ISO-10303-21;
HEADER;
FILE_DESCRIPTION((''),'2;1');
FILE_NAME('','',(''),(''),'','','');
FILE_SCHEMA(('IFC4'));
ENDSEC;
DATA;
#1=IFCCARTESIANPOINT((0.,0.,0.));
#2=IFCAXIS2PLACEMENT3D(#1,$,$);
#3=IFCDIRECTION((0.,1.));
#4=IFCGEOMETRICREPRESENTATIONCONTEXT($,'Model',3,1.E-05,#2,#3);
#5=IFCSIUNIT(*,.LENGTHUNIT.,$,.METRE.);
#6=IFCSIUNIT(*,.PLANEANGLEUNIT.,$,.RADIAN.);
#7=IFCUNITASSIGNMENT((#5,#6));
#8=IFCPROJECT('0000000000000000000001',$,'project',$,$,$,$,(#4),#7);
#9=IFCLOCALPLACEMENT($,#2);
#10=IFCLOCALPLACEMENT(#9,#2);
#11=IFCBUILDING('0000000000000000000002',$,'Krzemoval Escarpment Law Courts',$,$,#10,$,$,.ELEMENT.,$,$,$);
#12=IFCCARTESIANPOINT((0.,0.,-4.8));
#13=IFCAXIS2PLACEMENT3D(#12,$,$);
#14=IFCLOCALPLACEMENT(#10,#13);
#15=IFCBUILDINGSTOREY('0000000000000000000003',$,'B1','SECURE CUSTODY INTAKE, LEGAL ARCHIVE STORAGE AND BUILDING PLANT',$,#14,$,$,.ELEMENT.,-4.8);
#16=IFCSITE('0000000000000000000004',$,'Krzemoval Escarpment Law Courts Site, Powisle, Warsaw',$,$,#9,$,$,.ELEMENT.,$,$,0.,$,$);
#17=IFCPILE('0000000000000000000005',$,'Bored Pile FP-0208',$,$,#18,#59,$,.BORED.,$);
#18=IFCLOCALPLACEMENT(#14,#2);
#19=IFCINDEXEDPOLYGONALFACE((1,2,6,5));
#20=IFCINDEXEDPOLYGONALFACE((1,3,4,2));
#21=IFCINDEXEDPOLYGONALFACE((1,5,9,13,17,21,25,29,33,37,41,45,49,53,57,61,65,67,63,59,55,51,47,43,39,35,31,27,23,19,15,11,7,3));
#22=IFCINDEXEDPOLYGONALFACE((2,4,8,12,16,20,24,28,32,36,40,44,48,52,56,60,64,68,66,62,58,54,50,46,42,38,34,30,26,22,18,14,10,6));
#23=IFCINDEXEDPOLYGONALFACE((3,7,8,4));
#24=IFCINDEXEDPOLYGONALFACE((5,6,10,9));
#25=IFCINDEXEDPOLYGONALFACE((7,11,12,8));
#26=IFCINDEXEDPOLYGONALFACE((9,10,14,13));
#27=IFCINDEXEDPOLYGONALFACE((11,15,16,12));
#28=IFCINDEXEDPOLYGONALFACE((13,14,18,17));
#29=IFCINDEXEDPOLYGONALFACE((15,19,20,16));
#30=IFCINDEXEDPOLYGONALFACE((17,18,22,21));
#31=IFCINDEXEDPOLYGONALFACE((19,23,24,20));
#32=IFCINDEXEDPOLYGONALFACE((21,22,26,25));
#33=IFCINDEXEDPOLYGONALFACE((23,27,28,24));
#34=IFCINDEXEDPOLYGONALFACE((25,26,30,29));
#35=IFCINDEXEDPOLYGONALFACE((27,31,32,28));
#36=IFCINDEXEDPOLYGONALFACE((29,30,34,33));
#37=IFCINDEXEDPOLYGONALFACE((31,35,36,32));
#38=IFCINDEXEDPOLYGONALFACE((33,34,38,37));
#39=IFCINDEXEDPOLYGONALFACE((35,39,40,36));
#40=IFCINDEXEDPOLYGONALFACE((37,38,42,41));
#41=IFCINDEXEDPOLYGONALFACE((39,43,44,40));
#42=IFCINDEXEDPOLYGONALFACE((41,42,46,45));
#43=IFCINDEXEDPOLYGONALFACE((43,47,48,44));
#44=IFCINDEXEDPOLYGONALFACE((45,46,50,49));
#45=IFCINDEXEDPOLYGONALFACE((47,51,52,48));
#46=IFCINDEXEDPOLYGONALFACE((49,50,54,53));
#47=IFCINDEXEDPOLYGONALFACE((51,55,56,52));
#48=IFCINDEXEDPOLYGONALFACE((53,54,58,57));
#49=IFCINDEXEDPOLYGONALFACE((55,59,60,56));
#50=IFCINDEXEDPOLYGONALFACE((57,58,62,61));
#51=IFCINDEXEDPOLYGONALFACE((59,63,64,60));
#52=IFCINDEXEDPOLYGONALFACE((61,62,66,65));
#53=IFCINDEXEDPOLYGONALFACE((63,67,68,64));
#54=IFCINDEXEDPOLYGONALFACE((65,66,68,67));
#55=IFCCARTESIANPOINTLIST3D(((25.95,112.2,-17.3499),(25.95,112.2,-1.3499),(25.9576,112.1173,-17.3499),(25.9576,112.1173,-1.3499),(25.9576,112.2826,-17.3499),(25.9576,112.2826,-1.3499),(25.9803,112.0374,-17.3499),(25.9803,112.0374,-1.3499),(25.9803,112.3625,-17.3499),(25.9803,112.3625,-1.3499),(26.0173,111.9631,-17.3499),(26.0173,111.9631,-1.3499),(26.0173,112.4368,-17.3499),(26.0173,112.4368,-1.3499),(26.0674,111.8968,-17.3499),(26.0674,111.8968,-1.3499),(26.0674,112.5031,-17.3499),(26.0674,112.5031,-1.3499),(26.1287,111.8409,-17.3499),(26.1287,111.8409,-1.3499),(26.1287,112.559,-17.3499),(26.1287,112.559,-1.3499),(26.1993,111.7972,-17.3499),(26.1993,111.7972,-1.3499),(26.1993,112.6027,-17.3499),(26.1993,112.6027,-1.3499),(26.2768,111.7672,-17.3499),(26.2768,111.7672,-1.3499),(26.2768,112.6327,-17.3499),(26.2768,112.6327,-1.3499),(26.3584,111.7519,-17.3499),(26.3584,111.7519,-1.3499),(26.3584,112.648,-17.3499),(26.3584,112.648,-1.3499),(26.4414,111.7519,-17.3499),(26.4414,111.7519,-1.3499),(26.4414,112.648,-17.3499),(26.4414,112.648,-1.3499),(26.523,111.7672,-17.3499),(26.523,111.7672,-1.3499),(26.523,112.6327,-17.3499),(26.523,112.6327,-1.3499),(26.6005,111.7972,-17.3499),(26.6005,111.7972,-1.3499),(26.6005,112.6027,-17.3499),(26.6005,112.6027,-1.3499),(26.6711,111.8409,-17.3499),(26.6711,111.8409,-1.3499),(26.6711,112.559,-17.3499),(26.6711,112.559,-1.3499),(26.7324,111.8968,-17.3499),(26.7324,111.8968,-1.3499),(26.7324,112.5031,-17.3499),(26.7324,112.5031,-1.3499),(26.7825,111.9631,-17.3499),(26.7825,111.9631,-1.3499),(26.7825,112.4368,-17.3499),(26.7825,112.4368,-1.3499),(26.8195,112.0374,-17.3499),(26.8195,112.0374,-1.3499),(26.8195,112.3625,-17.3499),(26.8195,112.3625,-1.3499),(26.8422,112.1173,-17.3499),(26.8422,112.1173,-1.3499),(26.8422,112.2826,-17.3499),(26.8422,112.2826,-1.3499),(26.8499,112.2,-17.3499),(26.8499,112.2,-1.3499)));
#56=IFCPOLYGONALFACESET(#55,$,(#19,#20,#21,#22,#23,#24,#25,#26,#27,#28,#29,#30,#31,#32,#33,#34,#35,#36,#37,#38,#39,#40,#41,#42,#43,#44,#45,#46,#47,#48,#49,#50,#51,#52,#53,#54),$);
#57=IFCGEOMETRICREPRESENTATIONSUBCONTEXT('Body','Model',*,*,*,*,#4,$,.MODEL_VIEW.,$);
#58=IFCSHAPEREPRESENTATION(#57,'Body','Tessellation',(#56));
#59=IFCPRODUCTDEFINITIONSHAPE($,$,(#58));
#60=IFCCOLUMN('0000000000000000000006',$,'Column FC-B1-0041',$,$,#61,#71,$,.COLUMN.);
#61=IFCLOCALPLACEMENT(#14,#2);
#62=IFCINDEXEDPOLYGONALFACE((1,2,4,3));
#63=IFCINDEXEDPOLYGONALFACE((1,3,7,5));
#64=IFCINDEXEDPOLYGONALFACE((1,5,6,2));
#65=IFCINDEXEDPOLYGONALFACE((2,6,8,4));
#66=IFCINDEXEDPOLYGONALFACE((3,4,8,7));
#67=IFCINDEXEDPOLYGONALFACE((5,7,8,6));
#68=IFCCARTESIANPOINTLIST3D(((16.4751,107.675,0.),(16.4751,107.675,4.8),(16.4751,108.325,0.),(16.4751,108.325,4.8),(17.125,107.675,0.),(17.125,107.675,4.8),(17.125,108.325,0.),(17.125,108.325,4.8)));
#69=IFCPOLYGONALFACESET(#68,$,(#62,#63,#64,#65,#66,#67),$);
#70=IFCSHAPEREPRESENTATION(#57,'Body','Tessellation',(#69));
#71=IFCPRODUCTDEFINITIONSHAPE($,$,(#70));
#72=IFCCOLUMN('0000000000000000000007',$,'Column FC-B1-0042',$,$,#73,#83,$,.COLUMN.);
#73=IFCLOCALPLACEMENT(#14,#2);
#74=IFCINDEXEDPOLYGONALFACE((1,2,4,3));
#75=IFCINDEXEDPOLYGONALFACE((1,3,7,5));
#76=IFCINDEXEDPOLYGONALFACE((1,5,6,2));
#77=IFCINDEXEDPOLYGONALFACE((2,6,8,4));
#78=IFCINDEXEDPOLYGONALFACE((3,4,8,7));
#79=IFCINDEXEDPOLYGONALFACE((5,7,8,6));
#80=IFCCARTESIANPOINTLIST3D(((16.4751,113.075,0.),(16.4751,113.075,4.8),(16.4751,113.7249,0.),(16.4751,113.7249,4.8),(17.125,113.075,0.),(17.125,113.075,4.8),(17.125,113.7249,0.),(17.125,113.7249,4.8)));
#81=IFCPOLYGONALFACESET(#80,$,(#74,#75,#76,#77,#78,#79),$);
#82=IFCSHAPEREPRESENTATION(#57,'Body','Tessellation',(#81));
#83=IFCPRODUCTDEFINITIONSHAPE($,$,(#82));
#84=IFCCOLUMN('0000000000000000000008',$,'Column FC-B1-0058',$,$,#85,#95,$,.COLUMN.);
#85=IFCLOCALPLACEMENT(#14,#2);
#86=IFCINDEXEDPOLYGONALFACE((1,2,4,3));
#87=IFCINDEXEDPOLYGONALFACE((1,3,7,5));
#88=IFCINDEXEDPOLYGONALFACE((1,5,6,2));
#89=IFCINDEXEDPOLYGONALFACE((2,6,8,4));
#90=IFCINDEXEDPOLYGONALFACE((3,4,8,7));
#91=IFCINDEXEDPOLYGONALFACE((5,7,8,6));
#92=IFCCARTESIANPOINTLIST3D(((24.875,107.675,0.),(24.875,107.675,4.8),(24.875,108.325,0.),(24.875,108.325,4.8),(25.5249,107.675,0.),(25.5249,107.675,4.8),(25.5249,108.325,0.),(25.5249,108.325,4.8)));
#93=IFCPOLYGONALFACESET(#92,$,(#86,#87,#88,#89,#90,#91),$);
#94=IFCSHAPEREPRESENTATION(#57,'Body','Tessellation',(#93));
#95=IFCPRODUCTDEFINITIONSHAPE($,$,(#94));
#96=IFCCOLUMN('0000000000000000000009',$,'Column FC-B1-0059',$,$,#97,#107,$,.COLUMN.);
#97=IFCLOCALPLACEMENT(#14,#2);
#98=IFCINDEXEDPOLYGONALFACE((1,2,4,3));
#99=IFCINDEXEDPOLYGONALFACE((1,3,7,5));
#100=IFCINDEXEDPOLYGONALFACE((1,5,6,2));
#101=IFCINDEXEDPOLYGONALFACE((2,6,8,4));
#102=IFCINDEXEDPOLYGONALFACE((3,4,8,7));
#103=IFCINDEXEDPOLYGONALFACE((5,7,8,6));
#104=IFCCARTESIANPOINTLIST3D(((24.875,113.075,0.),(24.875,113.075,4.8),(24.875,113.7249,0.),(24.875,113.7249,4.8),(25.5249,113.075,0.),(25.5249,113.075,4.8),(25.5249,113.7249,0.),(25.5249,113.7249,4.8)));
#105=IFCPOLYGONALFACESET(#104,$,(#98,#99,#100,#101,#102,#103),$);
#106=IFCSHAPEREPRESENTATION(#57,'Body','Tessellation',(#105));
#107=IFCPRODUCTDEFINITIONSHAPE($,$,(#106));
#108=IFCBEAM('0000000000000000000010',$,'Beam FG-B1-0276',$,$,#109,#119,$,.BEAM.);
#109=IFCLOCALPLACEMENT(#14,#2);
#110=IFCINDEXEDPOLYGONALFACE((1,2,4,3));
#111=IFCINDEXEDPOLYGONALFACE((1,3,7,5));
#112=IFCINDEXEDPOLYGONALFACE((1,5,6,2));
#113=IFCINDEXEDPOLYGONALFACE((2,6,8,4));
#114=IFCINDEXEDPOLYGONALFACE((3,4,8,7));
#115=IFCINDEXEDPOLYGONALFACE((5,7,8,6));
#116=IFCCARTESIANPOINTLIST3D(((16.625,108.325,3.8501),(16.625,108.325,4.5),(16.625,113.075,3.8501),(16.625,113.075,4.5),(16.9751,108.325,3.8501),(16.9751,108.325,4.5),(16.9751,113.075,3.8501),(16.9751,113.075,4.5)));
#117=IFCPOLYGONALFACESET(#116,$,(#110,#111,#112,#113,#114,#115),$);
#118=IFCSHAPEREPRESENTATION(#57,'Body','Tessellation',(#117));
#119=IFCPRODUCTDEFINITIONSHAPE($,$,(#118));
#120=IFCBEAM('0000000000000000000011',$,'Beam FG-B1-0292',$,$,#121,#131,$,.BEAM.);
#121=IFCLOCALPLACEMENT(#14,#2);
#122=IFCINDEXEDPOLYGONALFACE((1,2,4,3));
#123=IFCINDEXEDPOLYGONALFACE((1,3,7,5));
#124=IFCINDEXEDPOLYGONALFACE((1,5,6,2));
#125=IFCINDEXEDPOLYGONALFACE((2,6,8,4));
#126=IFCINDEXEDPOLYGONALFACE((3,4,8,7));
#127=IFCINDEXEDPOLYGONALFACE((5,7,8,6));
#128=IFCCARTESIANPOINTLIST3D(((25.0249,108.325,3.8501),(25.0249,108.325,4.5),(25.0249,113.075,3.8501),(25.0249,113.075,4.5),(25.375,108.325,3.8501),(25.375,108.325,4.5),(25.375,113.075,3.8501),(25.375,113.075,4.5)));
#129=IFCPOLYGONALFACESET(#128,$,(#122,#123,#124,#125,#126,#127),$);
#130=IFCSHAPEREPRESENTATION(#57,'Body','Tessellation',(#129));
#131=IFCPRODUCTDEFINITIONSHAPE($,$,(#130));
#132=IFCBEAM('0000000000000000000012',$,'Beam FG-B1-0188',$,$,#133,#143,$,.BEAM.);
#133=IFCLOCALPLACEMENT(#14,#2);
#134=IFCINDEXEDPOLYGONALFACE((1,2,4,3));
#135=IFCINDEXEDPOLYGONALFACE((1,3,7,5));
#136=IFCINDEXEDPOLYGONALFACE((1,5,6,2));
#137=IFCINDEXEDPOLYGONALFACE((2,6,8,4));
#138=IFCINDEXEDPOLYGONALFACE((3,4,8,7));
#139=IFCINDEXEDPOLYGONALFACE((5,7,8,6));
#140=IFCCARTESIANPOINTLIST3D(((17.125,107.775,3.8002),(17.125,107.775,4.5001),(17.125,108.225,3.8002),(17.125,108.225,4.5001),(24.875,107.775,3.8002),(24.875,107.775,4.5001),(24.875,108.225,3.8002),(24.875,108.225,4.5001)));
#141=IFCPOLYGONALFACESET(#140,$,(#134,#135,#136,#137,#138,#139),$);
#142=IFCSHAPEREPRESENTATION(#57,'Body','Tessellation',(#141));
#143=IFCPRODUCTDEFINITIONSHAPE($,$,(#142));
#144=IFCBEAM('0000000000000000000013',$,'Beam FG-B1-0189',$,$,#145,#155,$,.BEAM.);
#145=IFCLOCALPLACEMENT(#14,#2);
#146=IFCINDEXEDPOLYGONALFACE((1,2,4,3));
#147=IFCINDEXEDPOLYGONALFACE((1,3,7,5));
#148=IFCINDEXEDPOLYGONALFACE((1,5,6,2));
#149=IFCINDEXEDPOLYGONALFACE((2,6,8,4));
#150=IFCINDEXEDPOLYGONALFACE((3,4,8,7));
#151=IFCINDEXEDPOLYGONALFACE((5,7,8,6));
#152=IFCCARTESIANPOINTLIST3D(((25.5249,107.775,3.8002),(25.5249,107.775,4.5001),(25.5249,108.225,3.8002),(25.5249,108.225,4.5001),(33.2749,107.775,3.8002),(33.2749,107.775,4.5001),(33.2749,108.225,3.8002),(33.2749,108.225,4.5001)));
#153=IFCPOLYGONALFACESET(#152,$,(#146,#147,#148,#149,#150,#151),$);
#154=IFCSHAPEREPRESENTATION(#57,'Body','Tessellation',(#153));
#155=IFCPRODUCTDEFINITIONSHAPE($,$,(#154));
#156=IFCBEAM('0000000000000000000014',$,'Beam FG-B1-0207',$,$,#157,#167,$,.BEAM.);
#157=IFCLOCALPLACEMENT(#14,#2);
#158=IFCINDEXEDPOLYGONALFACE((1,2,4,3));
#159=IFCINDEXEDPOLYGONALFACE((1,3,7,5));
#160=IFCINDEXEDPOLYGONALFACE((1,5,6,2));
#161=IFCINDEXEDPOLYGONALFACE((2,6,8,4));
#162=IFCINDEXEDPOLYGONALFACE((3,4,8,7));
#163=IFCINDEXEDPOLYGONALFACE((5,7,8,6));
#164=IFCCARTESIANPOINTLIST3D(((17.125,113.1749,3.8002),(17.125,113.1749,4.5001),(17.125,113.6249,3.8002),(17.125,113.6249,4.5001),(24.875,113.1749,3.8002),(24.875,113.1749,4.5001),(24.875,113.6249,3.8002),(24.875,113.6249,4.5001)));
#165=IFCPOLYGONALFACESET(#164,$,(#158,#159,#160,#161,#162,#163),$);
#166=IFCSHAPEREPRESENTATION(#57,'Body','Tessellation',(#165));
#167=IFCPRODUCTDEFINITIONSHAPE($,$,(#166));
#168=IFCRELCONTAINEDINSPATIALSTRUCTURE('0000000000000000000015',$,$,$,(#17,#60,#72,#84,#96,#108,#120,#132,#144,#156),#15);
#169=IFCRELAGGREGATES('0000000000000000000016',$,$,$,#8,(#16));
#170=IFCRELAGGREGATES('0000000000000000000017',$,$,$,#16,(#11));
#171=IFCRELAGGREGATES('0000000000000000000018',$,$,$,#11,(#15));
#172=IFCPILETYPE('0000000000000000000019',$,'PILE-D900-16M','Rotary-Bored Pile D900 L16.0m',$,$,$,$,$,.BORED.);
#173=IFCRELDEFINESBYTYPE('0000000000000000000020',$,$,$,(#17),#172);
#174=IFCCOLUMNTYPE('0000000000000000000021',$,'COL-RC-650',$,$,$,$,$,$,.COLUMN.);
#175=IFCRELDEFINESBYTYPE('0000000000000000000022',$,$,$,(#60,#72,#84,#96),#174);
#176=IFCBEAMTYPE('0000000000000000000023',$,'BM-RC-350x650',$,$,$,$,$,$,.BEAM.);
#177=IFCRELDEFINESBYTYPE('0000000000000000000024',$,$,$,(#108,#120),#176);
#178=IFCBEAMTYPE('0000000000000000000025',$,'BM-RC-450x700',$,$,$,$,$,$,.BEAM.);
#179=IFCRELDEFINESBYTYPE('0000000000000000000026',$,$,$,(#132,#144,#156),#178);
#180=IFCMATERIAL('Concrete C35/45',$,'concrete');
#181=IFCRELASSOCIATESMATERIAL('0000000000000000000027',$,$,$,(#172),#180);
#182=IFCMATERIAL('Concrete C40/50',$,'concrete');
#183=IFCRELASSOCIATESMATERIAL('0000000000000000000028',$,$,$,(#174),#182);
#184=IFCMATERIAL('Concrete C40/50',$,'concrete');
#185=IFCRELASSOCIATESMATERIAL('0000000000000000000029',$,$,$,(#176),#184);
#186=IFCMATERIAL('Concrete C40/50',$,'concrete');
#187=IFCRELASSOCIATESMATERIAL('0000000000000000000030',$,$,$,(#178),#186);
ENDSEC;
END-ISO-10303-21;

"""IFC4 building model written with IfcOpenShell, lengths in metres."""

from ifc_helpers import new_model, si_unit, direction, frame, origin, origin_2d, place, context, subcontext, project, spatial, rectangle, circle, extrude, material, material_profile, profile_set, type_object, element, save


model = new_model("IFC4")

# Units and contexts
model_context = context("Model", 3, precision=1e-05, world=origin(), true_north=direction((0.0, 1.0)))
body_context = subcontext(model_context, "Body", "Model", "MODEL_VIEW")
ifc_project = project(units=[si_unit("LENGTHUNIT", "METRE"), si_unit("PLANEANGLEUNIT", "RADIAN")], contexts=[model_context])

# Site, building, storey
site_placement = place(None, origin())
site = spatial("IfcSite", under=ifc_project, at=site_placement, Name="Krzemoval Escarpment Law Courts Site, Powisle, Warsaw", CompositionType="ELEMENT", RefElevation=0.0)
building_placement = place(site_placement, origin())
building = spatial("IfcBuilding", under=site, at=building_placement, Name="Krzemoval Escarpment Law Courts", CompositionType="ELEMENT")
storey_placement = place(building_placement, frame((0.0, 0.0, -4.8)))
storey = spatial("IfcBuildingStorey", under=building, at=storey_placement, Name="B1", Description="SECURE CUSTODY INTAKE, LEGAL ARCHIVE STORAGE AND BUILDING PLANT", CompositionType="ELEMENT", Elevation=-4.8)

# Pile
ifc_material_1 = material(Name="Concrete C35/45", Category="concrete")
ifc_material_profile_1 = material_profile(ifc_material_1, circle(Radius=0.45, at=origin_2d()), Name="PILE D900")
ifc_profile_set_1 = profile_set([ifc_material_profile_1], Name="Concrete C35/45")
pile_type = type_object("IfcPileType", Name="PILE-D900-16M", Description="Rotary-Bored Pile D900 L16.0m", PredefinedType="BORED", material=ifc_profile_set_1)
for number, where, z_axis, x_axis, name in (
    (1, (26.3999, 112.2, -1.3499), (0.0, 0.0, -1.0), (1.0, 0.0, 0.0), "Bored Pile FP-0208"),
):
    element("IfcPile", number, at=place(storey_placement, frame(where, z_axis=z_axis, x_axis=x_axis)), inside=storey, type_object=pile_type, Name=name, PredefinedType="BORED", context=body_context, shape_type="SweptSolid", body=[
        extrude(circle(Radius=0.45, at=origin_2d()), origin(), (0.0, 0.0, 1.0), 16.0),
    ])

# Columns
ifc_material_2 = material(Name="Concrete C40/50", Category="concrete")
ifc_material_profile_2 = material_profile(ifc_material_2, rectangle(XDim=0.6499, YDim=0.6499, at=origin_2d()), Name="RC 650x650")
ifc_profile_set_2 = profile_set([ifc_material_profile_2], Name="Concrete C40/50")
column_type = type_object("IfcColumnType", Name="COL-RC-650", PredefinedType="COLUMN", material=ifc_profile_set_2)
for number, where, z_axis, x_axis, name in (
    (2, (16.8, 108.0, 0.0), (0.0, 0.0, 1.0), (1.0, 0.0, 0.0), "Column FC-B1-0041"),
    (3, (16.8, 113.3999, 0.0), (0.0, 0.0, 1.0), (1.0, 0.0, 0.0), "Column FC-B1-0042"),
    (4, (25.2, 108.0, 0.0), (0.0, 0.0, 1.0), (1.0, 0.0, 0.0), "Column FC-B1-0058"),
    (5, (25.2, 113.3999, 0.0), (0.0, 0.0, 1.0), (1.0, 0.0, 0.0), "Column FC-B1-0059"),
):
    element("IfcColumn", number, at=place(storey_placement, frame(where, z_axis=z_axis, x_axis=x_axis)), inside=storey, type_object=column_type, Name=name, PredefinedType="COLUMN", context=body_context, shape_type="SweptSolid", body=[
        extrude(rectangle(XDim=0.6499, YDim=0.6499, at=origin_2d()), origin(), (0.0, 0.0, 1.0), 4.8),
    ])

# Beams
ifc_material_3 = material(Name="Concrete C40/50", Category="concrete")
ifc_material_profile_3 = material_profile(ifc_material_3, rectangle(XDim=0.3501, YDim=0.6499, at=origin_2d()), Name="RCB 350x650")
ifc_profile_set_3 = profile_set([ifc_material_profile_3], Name="Concrete C40/50")
beam_type_1 = type_object("IfcBeamType", Name="BM-RC-350x650", PredefinedType="BEAM", material=ifc_profile_set_3)
for number, where, z_axis, x_axis, name in (
    (6, (16.8, 108.325, 4.175), (0.0, 1.0, 0.0), (-1.0, 0.0, 0.0), "Beam FG-B1-0276"),
    (7, (25.2, 108.325, 4.175), (0.0, 1.0, 0.0), (-1.0, 0.0, 0.0), "Beam FG-B1-0292"),
):
    element("IfcBeam", number, at=place(storey_placement, frame(where, z_axis=z_axis, x_axis=x_axis)), inside=storey, type_object=beam_type_1, Name=name, PredefinedType="BEAM", context=body_context, shape_type="SweptSolid", body=[
        extrude(rectangle(XDim=0.3501, YDim=0.6499, at=origin_2d()), origin(), (0.0, 0.0, 1.0), 4.75),
    ])
ifc_material_4 = material(Name="Concrete C40/50", Category="concrete")
ifc_material_profile_4 = material_profile(ifc_material_4, rectangle(XDim=0.45, YDim=0.7, at=origin_2d()), Name="RCB 450x700")
ifc_profile_set_4 = profile_set([ifc_material_profile_4], Name="Concrete C40/50")
beam_type_2 = type_object("IfcBeamType", Name="BM-RC-450x700", PredefinedType="BEAM", material=ifc_profile_set_4)
for number, where, z_axis, x_axis, name in (
    (8, (17.125, 108.0, 4.1501), (1.0, 0.0, 0.0), (0.0, 1.0, 0.0), "Beam FG-B1-0188"),
    (9, (25.5249, 108.0, 4.1501), (1.0, 0.0, 0.0), (0.0, 1.0, 0.0), "Beam FG-B1-0189"),
    (10, (17.125, 113.3999, 4.1501), (1.0, 0.0, 0.0), (0.0, 1.0, 0.0), "Beam FG-B1-0207"),
):
    element("IfcBeam", number, at=place(storey_placement, frame(where, z_axis=z_axis, x_axis=x_axis)), inside=storey, type_object=beam_type_2, Name=name, PredefinedType="BEAM", context=body_context, shape_type="SweptSolid", body=[
        extrude(rectangle(XDim=0.45, YDim=0.7, at=origin_2d()), origin(), (0.0, 0.0, 1.0), 7.75),
    ])

save(model, "model.ifc")
